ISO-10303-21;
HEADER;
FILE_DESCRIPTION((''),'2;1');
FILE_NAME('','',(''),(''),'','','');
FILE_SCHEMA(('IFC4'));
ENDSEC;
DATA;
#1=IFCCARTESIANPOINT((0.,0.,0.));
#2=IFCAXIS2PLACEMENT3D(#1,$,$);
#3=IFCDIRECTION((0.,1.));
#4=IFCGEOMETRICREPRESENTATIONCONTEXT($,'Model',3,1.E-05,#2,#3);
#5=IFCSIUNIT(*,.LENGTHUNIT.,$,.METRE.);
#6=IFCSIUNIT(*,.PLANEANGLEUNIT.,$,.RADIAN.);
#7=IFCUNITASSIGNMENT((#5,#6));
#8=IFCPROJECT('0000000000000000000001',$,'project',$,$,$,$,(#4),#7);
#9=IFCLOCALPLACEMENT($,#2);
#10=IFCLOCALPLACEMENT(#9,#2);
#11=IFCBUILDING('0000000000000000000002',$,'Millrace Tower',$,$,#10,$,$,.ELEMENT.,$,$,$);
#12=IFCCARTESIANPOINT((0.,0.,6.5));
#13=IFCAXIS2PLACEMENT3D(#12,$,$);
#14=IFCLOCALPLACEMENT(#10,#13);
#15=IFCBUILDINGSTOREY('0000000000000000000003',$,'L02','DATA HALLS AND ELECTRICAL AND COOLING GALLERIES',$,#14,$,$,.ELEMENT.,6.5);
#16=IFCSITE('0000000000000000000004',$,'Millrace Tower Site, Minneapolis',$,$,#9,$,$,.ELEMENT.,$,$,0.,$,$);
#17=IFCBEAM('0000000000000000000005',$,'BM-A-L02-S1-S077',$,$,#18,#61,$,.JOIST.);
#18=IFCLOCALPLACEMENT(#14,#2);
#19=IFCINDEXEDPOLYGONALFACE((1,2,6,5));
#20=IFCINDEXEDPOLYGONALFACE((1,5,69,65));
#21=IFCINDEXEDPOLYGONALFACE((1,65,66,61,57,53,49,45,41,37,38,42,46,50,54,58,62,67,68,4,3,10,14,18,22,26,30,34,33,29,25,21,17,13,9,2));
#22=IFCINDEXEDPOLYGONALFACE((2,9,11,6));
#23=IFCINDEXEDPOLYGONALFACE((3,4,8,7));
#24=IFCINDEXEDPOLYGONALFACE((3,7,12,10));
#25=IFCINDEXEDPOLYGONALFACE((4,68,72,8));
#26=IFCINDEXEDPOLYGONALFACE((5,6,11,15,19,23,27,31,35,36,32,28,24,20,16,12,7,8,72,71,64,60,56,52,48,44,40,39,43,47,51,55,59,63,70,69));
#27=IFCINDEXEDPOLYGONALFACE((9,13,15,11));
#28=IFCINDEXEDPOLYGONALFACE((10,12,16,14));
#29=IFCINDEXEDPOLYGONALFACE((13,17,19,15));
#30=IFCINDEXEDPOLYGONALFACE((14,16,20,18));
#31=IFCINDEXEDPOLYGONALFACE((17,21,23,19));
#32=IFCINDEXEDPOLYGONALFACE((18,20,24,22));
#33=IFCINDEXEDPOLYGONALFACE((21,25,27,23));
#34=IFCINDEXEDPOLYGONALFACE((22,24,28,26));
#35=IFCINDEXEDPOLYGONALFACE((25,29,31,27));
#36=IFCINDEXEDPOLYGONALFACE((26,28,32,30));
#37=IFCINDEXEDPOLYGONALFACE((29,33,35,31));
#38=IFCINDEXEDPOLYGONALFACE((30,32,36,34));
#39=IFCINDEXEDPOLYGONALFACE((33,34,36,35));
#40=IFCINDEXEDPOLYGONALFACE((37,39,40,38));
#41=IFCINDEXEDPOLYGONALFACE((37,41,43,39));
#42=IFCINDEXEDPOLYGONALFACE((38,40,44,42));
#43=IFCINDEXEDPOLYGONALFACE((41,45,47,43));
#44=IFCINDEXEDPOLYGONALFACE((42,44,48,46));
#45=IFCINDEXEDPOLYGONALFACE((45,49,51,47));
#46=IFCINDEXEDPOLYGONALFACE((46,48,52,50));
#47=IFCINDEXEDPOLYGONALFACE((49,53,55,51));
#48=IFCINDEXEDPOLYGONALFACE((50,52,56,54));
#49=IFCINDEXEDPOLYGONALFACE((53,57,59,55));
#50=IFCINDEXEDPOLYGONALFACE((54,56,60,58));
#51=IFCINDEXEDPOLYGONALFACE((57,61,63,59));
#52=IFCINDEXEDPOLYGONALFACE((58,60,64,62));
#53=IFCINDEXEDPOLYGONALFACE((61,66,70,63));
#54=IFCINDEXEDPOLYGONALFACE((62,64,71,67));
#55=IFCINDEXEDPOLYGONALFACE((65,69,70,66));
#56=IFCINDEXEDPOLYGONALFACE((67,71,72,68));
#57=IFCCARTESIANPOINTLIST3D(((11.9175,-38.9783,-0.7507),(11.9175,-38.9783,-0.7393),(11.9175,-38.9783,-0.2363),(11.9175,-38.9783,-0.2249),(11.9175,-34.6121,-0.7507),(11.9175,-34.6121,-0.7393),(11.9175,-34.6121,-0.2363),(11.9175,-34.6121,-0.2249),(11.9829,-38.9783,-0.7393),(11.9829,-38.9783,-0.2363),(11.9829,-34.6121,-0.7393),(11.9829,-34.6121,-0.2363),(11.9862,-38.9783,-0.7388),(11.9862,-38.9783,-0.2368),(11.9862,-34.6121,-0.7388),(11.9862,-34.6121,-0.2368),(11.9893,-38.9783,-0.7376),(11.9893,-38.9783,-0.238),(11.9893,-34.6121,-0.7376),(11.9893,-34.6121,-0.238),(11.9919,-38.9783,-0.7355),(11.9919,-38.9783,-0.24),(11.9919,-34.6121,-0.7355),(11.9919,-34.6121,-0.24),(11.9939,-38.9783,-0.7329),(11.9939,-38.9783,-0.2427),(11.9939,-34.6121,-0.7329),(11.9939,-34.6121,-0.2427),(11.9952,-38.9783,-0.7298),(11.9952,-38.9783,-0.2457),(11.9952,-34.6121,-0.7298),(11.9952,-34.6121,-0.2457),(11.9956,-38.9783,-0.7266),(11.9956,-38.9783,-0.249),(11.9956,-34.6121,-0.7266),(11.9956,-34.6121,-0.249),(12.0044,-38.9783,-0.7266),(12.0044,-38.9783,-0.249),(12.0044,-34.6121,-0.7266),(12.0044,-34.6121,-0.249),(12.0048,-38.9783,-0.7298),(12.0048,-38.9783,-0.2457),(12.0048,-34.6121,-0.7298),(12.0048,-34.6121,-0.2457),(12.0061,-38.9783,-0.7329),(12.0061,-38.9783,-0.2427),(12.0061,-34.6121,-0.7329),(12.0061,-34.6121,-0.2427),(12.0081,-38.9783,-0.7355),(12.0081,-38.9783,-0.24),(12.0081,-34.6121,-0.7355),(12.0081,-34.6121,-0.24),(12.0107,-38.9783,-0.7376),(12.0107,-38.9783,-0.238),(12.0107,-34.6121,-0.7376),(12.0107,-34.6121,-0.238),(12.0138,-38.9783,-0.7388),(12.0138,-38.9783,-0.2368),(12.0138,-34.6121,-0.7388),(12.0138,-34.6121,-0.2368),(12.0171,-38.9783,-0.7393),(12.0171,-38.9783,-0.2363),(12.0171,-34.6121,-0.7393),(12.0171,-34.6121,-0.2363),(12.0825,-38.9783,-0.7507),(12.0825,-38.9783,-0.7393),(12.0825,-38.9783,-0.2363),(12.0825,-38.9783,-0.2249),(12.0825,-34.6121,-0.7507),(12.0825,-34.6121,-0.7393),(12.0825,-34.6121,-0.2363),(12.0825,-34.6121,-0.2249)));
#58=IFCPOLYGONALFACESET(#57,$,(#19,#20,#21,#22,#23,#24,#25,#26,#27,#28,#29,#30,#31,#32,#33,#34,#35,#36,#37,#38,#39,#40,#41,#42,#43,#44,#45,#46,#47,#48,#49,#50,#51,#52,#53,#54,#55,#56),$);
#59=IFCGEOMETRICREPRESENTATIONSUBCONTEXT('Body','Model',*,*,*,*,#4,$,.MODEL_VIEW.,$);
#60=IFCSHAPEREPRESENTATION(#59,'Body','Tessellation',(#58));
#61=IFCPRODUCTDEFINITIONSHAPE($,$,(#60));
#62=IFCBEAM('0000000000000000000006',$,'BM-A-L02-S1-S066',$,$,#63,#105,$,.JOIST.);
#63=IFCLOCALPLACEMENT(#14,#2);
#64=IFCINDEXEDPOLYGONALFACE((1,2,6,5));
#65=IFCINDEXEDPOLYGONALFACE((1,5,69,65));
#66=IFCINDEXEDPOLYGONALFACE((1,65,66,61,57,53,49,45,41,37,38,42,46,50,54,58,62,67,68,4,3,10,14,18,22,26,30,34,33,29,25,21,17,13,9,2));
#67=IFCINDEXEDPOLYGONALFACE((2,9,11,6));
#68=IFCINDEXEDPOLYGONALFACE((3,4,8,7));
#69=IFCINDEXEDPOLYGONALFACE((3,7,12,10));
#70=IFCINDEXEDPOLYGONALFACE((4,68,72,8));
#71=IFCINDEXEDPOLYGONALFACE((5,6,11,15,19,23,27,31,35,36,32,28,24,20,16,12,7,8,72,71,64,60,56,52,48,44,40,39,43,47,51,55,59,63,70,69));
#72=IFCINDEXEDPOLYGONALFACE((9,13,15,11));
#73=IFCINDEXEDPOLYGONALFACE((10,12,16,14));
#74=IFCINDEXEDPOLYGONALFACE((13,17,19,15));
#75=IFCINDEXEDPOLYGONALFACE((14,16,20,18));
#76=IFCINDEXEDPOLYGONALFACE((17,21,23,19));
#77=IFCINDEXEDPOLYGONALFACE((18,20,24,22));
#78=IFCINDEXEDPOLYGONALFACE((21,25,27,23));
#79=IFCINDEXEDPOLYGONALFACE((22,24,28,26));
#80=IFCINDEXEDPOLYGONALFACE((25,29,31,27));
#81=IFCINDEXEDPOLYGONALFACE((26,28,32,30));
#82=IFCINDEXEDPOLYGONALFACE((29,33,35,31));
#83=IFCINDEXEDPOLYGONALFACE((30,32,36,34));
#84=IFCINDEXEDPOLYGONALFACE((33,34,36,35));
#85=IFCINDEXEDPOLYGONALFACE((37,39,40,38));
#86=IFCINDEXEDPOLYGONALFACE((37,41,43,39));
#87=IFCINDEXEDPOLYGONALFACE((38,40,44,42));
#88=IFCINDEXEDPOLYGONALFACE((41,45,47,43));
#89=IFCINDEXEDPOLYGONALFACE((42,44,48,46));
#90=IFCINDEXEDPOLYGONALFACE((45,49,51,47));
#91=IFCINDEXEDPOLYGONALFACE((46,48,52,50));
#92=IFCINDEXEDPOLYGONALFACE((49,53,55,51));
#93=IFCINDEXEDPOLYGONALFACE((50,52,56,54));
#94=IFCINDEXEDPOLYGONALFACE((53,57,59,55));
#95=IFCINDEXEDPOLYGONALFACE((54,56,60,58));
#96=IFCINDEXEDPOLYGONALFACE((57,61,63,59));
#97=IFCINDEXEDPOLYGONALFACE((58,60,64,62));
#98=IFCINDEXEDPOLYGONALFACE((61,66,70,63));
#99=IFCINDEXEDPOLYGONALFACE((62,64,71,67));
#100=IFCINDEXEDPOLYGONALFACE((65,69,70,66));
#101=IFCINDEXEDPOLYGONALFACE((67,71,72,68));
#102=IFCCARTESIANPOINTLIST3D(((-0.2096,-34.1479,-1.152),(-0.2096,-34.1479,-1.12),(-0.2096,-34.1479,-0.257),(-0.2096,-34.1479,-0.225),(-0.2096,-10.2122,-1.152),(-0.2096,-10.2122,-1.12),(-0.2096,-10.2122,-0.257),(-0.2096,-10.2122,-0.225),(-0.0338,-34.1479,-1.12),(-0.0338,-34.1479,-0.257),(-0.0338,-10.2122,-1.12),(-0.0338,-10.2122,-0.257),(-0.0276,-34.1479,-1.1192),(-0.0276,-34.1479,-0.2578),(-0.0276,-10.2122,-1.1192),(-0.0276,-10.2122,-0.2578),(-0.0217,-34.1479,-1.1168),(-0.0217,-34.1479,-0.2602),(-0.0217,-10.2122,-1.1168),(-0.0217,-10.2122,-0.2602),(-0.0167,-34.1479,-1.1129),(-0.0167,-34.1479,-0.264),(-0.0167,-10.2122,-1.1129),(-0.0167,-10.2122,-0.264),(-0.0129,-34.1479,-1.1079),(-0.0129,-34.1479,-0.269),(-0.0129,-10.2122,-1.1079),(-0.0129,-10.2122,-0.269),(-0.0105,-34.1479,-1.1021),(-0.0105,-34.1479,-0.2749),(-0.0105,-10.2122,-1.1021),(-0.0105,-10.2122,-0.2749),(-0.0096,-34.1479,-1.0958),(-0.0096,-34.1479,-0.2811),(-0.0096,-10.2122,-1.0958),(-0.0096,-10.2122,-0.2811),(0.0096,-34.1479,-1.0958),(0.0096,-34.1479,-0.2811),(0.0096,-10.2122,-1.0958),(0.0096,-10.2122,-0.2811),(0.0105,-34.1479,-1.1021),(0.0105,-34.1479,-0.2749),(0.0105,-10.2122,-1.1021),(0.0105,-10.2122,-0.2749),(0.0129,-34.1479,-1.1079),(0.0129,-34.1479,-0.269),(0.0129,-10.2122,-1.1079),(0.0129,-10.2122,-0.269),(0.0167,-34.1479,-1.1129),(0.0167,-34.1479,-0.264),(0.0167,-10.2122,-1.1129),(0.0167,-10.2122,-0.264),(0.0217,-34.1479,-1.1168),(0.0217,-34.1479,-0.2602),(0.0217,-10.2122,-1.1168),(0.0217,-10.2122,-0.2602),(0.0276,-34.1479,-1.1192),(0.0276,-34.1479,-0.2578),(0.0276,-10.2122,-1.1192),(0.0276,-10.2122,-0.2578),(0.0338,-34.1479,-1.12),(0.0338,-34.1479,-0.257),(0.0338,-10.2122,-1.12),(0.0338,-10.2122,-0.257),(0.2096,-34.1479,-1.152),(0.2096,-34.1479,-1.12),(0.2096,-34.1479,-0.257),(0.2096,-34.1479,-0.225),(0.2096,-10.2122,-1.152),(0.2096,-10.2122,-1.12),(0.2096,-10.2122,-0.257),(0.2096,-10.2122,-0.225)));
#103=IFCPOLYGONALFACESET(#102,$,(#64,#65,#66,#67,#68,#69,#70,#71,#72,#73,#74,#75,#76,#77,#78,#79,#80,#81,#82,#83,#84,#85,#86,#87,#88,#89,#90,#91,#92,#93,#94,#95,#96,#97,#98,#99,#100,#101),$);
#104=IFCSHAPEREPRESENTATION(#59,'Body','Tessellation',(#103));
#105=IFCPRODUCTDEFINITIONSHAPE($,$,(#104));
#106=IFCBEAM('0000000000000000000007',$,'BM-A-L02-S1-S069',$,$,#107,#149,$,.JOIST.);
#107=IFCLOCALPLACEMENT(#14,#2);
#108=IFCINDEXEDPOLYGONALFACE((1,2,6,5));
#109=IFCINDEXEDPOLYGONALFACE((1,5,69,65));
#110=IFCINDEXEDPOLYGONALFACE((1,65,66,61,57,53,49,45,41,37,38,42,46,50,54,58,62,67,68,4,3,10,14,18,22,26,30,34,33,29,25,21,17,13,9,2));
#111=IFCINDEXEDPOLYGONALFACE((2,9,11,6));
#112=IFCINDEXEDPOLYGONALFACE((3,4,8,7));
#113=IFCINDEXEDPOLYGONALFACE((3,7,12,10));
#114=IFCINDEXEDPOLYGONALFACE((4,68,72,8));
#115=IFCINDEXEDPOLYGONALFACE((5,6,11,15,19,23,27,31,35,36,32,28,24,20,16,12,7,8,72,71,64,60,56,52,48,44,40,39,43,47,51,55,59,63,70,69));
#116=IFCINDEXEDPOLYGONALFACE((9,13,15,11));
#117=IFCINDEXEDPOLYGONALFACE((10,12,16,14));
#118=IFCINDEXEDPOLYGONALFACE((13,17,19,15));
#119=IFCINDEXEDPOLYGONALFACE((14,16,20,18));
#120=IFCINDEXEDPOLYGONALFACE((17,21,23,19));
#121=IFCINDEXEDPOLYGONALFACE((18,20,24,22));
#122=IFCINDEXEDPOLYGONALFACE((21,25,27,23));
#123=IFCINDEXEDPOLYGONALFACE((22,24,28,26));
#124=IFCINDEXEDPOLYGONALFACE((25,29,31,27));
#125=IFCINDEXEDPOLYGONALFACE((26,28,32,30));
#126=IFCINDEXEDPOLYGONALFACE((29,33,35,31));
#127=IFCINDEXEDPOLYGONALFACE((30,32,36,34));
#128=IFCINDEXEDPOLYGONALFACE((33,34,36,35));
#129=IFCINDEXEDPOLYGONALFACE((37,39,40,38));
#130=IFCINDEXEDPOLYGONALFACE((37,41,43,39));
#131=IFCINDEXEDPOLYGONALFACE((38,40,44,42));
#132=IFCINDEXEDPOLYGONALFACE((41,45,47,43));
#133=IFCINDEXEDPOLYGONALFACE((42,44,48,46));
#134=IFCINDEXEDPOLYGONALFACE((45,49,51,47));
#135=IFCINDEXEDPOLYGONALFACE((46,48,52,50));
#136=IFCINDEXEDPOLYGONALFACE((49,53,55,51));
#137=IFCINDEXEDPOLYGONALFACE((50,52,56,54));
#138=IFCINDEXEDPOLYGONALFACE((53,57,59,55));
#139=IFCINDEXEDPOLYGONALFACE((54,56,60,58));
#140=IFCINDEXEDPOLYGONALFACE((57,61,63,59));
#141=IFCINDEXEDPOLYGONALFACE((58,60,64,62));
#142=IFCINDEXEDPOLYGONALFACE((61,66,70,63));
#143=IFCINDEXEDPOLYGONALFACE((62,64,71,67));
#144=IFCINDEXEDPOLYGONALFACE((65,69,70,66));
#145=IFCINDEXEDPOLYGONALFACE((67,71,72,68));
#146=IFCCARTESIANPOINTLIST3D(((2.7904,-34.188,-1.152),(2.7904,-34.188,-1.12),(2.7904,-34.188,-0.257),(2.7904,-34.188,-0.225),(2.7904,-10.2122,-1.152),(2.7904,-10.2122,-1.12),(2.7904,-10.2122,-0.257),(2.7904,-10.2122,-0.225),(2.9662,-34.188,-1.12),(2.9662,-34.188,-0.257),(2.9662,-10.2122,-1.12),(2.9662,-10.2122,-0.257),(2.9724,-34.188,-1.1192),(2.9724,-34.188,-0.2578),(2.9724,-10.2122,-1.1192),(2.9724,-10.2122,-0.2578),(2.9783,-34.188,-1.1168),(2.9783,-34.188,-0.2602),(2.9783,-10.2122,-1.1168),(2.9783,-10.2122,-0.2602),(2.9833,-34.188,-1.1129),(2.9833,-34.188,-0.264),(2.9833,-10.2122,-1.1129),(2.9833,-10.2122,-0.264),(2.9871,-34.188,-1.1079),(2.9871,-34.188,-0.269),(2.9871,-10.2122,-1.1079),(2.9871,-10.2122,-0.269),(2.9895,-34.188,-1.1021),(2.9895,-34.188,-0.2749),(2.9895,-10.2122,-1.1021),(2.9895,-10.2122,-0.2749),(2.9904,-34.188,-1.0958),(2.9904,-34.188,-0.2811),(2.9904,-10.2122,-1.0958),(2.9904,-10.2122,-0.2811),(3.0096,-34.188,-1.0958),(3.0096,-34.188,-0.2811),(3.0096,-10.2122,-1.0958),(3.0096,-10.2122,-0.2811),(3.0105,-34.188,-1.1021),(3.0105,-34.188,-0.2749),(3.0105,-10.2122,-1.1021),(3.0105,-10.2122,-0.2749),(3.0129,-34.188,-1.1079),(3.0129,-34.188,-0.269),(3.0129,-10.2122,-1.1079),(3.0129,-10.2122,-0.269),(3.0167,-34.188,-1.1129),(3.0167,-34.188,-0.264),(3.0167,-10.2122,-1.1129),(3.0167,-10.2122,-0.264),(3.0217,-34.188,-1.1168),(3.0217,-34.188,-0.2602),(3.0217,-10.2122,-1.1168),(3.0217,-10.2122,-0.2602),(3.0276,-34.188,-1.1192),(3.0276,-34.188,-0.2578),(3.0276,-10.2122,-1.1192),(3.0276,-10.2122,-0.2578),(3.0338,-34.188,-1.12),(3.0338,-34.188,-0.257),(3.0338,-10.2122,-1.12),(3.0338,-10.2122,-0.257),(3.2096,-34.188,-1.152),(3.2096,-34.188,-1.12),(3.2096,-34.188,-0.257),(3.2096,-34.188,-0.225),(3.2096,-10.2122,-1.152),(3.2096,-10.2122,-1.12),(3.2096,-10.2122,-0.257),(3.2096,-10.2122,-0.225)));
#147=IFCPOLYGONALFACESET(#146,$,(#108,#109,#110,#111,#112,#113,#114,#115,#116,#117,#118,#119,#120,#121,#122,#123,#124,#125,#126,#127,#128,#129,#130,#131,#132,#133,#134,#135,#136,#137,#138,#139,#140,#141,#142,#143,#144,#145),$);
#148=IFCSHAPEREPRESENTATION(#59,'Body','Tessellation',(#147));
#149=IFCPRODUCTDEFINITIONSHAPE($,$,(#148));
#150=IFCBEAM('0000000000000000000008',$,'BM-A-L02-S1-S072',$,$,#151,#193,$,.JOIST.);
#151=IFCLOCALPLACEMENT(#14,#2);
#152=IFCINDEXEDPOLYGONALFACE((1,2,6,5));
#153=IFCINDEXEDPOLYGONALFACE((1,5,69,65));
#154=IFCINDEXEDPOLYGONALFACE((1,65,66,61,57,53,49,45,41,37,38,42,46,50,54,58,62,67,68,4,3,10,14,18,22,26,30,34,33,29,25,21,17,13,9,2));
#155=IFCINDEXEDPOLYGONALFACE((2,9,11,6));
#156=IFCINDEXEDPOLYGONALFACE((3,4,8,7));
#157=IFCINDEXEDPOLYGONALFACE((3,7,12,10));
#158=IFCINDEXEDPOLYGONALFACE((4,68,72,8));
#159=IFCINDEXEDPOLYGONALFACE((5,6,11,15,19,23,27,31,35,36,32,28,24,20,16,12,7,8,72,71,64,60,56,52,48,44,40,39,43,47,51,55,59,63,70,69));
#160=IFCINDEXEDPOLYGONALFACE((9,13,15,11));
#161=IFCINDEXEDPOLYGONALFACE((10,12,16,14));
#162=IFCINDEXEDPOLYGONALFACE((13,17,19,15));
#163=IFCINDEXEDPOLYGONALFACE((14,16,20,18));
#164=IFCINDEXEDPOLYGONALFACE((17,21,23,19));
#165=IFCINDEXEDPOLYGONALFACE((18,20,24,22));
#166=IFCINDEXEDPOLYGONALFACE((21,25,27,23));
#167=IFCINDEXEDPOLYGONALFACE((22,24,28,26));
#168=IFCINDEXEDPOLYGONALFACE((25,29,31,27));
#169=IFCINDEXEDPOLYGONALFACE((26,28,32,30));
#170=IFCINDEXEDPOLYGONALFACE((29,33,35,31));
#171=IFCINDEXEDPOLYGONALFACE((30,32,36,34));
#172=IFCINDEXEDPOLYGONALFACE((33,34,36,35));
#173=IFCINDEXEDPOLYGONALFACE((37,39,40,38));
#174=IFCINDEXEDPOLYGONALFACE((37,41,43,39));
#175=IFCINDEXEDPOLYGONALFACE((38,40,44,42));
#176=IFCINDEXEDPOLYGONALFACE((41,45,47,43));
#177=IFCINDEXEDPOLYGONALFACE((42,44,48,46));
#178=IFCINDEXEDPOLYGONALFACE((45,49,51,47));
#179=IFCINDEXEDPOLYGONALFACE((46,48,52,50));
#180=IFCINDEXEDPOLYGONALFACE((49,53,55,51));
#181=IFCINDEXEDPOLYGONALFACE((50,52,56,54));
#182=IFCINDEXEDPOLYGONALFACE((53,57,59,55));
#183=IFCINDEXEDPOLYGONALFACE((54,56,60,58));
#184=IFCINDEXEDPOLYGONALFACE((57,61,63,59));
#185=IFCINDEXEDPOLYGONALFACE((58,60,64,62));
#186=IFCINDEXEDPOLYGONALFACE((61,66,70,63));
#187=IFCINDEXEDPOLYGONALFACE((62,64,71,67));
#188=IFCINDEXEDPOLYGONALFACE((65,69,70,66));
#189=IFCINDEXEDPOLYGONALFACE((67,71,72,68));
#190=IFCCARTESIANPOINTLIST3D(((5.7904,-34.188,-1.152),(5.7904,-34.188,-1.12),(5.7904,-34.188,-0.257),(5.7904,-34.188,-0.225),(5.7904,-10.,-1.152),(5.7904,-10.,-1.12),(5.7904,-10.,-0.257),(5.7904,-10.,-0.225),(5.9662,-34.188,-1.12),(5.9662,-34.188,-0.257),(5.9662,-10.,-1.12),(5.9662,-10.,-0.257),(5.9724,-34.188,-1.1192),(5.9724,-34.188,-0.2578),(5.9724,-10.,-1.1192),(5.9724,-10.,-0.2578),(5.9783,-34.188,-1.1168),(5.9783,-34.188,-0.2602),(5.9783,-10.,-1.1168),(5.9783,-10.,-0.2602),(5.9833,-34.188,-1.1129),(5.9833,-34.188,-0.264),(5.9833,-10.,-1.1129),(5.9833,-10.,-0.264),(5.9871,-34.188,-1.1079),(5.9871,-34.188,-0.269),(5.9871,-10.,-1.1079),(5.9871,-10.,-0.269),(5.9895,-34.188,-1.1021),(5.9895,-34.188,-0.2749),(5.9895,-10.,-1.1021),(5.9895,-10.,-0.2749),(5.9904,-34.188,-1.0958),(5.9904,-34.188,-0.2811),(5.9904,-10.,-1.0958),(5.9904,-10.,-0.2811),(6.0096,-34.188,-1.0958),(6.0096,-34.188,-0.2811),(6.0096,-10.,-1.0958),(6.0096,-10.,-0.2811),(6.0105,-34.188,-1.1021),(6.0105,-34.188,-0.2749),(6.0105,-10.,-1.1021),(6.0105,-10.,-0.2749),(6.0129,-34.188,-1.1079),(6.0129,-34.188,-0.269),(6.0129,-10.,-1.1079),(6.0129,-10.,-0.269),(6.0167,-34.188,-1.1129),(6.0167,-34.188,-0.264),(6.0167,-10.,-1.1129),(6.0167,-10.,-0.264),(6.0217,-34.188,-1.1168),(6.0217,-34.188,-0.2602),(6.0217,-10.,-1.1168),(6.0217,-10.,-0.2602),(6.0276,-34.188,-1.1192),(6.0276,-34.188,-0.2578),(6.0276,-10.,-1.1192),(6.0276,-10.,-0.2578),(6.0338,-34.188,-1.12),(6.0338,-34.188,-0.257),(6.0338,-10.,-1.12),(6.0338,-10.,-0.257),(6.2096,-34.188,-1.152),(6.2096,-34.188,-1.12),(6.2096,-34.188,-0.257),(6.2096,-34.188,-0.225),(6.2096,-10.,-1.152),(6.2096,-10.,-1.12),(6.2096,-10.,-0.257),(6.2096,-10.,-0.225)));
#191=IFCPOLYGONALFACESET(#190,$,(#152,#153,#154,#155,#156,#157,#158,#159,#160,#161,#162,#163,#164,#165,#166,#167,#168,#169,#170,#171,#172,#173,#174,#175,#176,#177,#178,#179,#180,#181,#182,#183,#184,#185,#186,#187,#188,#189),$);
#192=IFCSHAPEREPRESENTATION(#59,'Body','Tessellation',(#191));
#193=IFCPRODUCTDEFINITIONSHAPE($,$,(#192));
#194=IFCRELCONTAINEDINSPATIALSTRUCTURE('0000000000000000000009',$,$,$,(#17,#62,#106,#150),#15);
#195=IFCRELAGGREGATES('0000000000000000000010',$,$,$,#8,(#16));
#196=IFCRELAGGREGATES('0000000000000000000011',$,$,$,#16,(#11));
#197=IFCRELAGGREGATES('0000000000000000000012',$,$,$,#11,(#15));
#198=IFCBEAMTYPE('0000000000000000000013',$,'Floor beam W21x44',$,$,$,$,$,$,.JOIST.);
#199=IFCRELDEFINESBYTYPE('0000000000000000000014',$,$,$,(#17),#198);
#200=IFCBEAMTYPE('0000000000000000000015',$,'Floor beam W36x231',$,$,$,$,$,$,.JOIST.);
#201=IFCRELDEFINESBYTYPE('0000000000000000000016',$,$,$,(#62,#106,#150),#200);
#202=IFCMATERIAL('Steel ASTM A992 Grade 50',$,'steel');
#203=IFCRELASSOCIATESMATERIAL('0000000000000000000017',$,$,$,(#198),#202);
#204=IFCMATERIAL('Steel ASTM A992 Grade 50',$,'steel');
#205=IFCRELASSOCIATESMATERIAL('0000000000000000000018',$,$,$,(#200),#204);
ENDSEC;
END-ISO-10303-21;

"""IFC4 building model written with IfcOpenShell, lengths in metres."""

from ifc_helpers import new_model, si_unit, direction, frame, origin, origin_2d, place, context, subcontext, project, spatial, i_section, extrude, material, material_profile, profile_set, type_object, element, save


model = new_model("IFC4")

# Units and contexts
model_context = context("Model", 3, precision=1e-05, world=origin(), true_north=direction((0.0, 1.0)))
body_context = subcontext(model_context, "Body", "Model", "MODEL_VIEW")
ifc_project = project(units=[si_unit("LENGTHUNIT", "METRE"), si_unit("PLANEANGLEUNIT", "RADIAN")], contexts=[model_context])

# Site, building, storey
site_placement = place(None, origin())
site = spatial("IfcSite", under=ifc_project, at=site_placement, Name="Millrace Tower Site, Minneapolis", CompositionType="ELEMENT", RefElevation=0.0)
building_placement = place(site_placement, origin())
building = spatial("IfcBuilding", under=site, at=building_placement, Name="Millrace Tower", CompositionType="ELEMENT")
storey_placement = place(building_placement, frame((0.0, 0.0, 6.5)))
storey = spatial("IfcBuildingStorey", under=building, at=storey_placement, Name="L02", Description="DATA HALLS AND ELECTRICAL AND COOLING GALLERIES", CompositionType="ELEMENT", Elevation=6.5)

# Beams
ifc_material_1 = material(Name="Steel ASTM A992 Grade 50", Category="steel")
ifc_material_profile_1 = material_profile(ifc_material_1, i_section(OverallWidth=0.165, OverallDepth=0.5259, WebThickness=0.0088, FlangeThickness=0.0115, FilletRadius=0.0127, at=origin_2d()))
ifc_profile_set_1 = profile_set([ifc_material_profile_1], Name="Steel ASTM A992 Grade 50")
beam_type_1 = type_object("IfcBeamType", Name="Floor beam W21x44", PredefinedType="JOIST", material=ifc_profile_set_1)
for number, where, z_axis, x_axis, name in (
    (1, (12.0, -38.9783, -0.4878), (0.0, 1.0, 0.0), (-1.0, 0.0, 0.0), "BM-A-L02-S1-S077"),
):
    element("IfcBeam", number, at=place(storey_placement, frame(where, z_axis=z_axis, x_axis=x_axis)), inside=storey, type_object=beam_type_1, Name=name, PredefinedType="JOIST", context=body_context, shape_type="SweptSolid", body=[
        extrude(i_section(OverallWidth=0.165, OverallDepth=0.5259, WebThickness=0.0088, FlangeThickness=0.0115, FilletRadius=0.0127, at=origin_2d()), origin(), (0.0, 0.0, 1.0), 4.3662),
    ])
ifc_material_2 = material(Name="Steel ASTM A992 Grade 50", Category="steel")
ifc_material_profile_2 = material_profile(ifc_material_2, i_section(OverallWidth=0.4192, OverallDepth=0.927, WebThickness=0.0193, FlangeThickness=0.032, FilletRadius=0.0242, at=origin_2d()))
ifc_profile_set_2 = profile_set([ifc_material_profile_2], Name="Steel ASTM A992 Grade 50")
beam_type_2 = type_object("IfcBeamType", Name="Floor beam W36x231", PredefinedType="JOIST", material=ifc_profile_set_2)
beam_1_placement = place(storey_placement, frame((0.0, -34.1479, -0.6885), z_axis=(0.0, 1.0, 0.0), x_axis=(-1.0, 0.0, 0.0)))
element("IfcBeam", 2, at=beam_1_placement, inside=storey, type_object=beam_type_2, Name="BM-A-L02-S1-S066", PredefinedType="JOIST", context=body_context, shape_type="SweptSolid", body=[
    extrude(i_section(OverallWidth=0.4192, OverallDepth=0.927, WebThickness=0.0193, FlangeThickness=0.032, FilletRadius=0.0242, at=origin_2d()), origin(), (0.0, 0.0, 1.0), 23.9358),
])
beam_2_placement = place(storey_placement, frame((3.0, -34.188, -0.6885), z_axis=(0.0, 1.0, 0.0), x_axis=(-1.0, 0.0, 0.0)))
element("IfcBeam", 3, at=beam_2_placement, inside=storey, type_object=beam_type_2, Name="BM-A-L02-S1-S069", PredefinedType="JOIST", context=body_context, shape_type="SweptSolid", body=[
    extrude(i_section(OverallWidth=0.4192, OverallDepth=0.927, WebThickness=0.0193, FlangeThickness=0.032, FilletRadius=0.0242, at=origin_2d()), origin(), (0.0, 0.0, 1.0), 23.9758),
])
for number, where, z_axis, x_axis, name in (
    (4, (6.0, -34.188, -0.6885), (0.0, 1.0, 0.0), (-1.0, 0.0, 0.0), "BM-A-L02-S1-S072"),
):
    element("IfcBeam", number, at=place(storey_placement, frame(where, z_axis=z_axis, x_axis=x_axis)), inside=storey, type_object=beam_type_2, Name=name, PredefinedType="JOIST", context=body_context, shape_type="SweptSolid", body=[
        extrude(i_section(OverallWidth=0.4192, OverallDepth=0.927, WebThickness=0.0193, FlangeThickness=0.032, FilletRadius=0.0242, at=origin_2d()), origin(), (0.0, 0.0, 1.0), 24.188),
    ])

save(model, "model.ifc")
